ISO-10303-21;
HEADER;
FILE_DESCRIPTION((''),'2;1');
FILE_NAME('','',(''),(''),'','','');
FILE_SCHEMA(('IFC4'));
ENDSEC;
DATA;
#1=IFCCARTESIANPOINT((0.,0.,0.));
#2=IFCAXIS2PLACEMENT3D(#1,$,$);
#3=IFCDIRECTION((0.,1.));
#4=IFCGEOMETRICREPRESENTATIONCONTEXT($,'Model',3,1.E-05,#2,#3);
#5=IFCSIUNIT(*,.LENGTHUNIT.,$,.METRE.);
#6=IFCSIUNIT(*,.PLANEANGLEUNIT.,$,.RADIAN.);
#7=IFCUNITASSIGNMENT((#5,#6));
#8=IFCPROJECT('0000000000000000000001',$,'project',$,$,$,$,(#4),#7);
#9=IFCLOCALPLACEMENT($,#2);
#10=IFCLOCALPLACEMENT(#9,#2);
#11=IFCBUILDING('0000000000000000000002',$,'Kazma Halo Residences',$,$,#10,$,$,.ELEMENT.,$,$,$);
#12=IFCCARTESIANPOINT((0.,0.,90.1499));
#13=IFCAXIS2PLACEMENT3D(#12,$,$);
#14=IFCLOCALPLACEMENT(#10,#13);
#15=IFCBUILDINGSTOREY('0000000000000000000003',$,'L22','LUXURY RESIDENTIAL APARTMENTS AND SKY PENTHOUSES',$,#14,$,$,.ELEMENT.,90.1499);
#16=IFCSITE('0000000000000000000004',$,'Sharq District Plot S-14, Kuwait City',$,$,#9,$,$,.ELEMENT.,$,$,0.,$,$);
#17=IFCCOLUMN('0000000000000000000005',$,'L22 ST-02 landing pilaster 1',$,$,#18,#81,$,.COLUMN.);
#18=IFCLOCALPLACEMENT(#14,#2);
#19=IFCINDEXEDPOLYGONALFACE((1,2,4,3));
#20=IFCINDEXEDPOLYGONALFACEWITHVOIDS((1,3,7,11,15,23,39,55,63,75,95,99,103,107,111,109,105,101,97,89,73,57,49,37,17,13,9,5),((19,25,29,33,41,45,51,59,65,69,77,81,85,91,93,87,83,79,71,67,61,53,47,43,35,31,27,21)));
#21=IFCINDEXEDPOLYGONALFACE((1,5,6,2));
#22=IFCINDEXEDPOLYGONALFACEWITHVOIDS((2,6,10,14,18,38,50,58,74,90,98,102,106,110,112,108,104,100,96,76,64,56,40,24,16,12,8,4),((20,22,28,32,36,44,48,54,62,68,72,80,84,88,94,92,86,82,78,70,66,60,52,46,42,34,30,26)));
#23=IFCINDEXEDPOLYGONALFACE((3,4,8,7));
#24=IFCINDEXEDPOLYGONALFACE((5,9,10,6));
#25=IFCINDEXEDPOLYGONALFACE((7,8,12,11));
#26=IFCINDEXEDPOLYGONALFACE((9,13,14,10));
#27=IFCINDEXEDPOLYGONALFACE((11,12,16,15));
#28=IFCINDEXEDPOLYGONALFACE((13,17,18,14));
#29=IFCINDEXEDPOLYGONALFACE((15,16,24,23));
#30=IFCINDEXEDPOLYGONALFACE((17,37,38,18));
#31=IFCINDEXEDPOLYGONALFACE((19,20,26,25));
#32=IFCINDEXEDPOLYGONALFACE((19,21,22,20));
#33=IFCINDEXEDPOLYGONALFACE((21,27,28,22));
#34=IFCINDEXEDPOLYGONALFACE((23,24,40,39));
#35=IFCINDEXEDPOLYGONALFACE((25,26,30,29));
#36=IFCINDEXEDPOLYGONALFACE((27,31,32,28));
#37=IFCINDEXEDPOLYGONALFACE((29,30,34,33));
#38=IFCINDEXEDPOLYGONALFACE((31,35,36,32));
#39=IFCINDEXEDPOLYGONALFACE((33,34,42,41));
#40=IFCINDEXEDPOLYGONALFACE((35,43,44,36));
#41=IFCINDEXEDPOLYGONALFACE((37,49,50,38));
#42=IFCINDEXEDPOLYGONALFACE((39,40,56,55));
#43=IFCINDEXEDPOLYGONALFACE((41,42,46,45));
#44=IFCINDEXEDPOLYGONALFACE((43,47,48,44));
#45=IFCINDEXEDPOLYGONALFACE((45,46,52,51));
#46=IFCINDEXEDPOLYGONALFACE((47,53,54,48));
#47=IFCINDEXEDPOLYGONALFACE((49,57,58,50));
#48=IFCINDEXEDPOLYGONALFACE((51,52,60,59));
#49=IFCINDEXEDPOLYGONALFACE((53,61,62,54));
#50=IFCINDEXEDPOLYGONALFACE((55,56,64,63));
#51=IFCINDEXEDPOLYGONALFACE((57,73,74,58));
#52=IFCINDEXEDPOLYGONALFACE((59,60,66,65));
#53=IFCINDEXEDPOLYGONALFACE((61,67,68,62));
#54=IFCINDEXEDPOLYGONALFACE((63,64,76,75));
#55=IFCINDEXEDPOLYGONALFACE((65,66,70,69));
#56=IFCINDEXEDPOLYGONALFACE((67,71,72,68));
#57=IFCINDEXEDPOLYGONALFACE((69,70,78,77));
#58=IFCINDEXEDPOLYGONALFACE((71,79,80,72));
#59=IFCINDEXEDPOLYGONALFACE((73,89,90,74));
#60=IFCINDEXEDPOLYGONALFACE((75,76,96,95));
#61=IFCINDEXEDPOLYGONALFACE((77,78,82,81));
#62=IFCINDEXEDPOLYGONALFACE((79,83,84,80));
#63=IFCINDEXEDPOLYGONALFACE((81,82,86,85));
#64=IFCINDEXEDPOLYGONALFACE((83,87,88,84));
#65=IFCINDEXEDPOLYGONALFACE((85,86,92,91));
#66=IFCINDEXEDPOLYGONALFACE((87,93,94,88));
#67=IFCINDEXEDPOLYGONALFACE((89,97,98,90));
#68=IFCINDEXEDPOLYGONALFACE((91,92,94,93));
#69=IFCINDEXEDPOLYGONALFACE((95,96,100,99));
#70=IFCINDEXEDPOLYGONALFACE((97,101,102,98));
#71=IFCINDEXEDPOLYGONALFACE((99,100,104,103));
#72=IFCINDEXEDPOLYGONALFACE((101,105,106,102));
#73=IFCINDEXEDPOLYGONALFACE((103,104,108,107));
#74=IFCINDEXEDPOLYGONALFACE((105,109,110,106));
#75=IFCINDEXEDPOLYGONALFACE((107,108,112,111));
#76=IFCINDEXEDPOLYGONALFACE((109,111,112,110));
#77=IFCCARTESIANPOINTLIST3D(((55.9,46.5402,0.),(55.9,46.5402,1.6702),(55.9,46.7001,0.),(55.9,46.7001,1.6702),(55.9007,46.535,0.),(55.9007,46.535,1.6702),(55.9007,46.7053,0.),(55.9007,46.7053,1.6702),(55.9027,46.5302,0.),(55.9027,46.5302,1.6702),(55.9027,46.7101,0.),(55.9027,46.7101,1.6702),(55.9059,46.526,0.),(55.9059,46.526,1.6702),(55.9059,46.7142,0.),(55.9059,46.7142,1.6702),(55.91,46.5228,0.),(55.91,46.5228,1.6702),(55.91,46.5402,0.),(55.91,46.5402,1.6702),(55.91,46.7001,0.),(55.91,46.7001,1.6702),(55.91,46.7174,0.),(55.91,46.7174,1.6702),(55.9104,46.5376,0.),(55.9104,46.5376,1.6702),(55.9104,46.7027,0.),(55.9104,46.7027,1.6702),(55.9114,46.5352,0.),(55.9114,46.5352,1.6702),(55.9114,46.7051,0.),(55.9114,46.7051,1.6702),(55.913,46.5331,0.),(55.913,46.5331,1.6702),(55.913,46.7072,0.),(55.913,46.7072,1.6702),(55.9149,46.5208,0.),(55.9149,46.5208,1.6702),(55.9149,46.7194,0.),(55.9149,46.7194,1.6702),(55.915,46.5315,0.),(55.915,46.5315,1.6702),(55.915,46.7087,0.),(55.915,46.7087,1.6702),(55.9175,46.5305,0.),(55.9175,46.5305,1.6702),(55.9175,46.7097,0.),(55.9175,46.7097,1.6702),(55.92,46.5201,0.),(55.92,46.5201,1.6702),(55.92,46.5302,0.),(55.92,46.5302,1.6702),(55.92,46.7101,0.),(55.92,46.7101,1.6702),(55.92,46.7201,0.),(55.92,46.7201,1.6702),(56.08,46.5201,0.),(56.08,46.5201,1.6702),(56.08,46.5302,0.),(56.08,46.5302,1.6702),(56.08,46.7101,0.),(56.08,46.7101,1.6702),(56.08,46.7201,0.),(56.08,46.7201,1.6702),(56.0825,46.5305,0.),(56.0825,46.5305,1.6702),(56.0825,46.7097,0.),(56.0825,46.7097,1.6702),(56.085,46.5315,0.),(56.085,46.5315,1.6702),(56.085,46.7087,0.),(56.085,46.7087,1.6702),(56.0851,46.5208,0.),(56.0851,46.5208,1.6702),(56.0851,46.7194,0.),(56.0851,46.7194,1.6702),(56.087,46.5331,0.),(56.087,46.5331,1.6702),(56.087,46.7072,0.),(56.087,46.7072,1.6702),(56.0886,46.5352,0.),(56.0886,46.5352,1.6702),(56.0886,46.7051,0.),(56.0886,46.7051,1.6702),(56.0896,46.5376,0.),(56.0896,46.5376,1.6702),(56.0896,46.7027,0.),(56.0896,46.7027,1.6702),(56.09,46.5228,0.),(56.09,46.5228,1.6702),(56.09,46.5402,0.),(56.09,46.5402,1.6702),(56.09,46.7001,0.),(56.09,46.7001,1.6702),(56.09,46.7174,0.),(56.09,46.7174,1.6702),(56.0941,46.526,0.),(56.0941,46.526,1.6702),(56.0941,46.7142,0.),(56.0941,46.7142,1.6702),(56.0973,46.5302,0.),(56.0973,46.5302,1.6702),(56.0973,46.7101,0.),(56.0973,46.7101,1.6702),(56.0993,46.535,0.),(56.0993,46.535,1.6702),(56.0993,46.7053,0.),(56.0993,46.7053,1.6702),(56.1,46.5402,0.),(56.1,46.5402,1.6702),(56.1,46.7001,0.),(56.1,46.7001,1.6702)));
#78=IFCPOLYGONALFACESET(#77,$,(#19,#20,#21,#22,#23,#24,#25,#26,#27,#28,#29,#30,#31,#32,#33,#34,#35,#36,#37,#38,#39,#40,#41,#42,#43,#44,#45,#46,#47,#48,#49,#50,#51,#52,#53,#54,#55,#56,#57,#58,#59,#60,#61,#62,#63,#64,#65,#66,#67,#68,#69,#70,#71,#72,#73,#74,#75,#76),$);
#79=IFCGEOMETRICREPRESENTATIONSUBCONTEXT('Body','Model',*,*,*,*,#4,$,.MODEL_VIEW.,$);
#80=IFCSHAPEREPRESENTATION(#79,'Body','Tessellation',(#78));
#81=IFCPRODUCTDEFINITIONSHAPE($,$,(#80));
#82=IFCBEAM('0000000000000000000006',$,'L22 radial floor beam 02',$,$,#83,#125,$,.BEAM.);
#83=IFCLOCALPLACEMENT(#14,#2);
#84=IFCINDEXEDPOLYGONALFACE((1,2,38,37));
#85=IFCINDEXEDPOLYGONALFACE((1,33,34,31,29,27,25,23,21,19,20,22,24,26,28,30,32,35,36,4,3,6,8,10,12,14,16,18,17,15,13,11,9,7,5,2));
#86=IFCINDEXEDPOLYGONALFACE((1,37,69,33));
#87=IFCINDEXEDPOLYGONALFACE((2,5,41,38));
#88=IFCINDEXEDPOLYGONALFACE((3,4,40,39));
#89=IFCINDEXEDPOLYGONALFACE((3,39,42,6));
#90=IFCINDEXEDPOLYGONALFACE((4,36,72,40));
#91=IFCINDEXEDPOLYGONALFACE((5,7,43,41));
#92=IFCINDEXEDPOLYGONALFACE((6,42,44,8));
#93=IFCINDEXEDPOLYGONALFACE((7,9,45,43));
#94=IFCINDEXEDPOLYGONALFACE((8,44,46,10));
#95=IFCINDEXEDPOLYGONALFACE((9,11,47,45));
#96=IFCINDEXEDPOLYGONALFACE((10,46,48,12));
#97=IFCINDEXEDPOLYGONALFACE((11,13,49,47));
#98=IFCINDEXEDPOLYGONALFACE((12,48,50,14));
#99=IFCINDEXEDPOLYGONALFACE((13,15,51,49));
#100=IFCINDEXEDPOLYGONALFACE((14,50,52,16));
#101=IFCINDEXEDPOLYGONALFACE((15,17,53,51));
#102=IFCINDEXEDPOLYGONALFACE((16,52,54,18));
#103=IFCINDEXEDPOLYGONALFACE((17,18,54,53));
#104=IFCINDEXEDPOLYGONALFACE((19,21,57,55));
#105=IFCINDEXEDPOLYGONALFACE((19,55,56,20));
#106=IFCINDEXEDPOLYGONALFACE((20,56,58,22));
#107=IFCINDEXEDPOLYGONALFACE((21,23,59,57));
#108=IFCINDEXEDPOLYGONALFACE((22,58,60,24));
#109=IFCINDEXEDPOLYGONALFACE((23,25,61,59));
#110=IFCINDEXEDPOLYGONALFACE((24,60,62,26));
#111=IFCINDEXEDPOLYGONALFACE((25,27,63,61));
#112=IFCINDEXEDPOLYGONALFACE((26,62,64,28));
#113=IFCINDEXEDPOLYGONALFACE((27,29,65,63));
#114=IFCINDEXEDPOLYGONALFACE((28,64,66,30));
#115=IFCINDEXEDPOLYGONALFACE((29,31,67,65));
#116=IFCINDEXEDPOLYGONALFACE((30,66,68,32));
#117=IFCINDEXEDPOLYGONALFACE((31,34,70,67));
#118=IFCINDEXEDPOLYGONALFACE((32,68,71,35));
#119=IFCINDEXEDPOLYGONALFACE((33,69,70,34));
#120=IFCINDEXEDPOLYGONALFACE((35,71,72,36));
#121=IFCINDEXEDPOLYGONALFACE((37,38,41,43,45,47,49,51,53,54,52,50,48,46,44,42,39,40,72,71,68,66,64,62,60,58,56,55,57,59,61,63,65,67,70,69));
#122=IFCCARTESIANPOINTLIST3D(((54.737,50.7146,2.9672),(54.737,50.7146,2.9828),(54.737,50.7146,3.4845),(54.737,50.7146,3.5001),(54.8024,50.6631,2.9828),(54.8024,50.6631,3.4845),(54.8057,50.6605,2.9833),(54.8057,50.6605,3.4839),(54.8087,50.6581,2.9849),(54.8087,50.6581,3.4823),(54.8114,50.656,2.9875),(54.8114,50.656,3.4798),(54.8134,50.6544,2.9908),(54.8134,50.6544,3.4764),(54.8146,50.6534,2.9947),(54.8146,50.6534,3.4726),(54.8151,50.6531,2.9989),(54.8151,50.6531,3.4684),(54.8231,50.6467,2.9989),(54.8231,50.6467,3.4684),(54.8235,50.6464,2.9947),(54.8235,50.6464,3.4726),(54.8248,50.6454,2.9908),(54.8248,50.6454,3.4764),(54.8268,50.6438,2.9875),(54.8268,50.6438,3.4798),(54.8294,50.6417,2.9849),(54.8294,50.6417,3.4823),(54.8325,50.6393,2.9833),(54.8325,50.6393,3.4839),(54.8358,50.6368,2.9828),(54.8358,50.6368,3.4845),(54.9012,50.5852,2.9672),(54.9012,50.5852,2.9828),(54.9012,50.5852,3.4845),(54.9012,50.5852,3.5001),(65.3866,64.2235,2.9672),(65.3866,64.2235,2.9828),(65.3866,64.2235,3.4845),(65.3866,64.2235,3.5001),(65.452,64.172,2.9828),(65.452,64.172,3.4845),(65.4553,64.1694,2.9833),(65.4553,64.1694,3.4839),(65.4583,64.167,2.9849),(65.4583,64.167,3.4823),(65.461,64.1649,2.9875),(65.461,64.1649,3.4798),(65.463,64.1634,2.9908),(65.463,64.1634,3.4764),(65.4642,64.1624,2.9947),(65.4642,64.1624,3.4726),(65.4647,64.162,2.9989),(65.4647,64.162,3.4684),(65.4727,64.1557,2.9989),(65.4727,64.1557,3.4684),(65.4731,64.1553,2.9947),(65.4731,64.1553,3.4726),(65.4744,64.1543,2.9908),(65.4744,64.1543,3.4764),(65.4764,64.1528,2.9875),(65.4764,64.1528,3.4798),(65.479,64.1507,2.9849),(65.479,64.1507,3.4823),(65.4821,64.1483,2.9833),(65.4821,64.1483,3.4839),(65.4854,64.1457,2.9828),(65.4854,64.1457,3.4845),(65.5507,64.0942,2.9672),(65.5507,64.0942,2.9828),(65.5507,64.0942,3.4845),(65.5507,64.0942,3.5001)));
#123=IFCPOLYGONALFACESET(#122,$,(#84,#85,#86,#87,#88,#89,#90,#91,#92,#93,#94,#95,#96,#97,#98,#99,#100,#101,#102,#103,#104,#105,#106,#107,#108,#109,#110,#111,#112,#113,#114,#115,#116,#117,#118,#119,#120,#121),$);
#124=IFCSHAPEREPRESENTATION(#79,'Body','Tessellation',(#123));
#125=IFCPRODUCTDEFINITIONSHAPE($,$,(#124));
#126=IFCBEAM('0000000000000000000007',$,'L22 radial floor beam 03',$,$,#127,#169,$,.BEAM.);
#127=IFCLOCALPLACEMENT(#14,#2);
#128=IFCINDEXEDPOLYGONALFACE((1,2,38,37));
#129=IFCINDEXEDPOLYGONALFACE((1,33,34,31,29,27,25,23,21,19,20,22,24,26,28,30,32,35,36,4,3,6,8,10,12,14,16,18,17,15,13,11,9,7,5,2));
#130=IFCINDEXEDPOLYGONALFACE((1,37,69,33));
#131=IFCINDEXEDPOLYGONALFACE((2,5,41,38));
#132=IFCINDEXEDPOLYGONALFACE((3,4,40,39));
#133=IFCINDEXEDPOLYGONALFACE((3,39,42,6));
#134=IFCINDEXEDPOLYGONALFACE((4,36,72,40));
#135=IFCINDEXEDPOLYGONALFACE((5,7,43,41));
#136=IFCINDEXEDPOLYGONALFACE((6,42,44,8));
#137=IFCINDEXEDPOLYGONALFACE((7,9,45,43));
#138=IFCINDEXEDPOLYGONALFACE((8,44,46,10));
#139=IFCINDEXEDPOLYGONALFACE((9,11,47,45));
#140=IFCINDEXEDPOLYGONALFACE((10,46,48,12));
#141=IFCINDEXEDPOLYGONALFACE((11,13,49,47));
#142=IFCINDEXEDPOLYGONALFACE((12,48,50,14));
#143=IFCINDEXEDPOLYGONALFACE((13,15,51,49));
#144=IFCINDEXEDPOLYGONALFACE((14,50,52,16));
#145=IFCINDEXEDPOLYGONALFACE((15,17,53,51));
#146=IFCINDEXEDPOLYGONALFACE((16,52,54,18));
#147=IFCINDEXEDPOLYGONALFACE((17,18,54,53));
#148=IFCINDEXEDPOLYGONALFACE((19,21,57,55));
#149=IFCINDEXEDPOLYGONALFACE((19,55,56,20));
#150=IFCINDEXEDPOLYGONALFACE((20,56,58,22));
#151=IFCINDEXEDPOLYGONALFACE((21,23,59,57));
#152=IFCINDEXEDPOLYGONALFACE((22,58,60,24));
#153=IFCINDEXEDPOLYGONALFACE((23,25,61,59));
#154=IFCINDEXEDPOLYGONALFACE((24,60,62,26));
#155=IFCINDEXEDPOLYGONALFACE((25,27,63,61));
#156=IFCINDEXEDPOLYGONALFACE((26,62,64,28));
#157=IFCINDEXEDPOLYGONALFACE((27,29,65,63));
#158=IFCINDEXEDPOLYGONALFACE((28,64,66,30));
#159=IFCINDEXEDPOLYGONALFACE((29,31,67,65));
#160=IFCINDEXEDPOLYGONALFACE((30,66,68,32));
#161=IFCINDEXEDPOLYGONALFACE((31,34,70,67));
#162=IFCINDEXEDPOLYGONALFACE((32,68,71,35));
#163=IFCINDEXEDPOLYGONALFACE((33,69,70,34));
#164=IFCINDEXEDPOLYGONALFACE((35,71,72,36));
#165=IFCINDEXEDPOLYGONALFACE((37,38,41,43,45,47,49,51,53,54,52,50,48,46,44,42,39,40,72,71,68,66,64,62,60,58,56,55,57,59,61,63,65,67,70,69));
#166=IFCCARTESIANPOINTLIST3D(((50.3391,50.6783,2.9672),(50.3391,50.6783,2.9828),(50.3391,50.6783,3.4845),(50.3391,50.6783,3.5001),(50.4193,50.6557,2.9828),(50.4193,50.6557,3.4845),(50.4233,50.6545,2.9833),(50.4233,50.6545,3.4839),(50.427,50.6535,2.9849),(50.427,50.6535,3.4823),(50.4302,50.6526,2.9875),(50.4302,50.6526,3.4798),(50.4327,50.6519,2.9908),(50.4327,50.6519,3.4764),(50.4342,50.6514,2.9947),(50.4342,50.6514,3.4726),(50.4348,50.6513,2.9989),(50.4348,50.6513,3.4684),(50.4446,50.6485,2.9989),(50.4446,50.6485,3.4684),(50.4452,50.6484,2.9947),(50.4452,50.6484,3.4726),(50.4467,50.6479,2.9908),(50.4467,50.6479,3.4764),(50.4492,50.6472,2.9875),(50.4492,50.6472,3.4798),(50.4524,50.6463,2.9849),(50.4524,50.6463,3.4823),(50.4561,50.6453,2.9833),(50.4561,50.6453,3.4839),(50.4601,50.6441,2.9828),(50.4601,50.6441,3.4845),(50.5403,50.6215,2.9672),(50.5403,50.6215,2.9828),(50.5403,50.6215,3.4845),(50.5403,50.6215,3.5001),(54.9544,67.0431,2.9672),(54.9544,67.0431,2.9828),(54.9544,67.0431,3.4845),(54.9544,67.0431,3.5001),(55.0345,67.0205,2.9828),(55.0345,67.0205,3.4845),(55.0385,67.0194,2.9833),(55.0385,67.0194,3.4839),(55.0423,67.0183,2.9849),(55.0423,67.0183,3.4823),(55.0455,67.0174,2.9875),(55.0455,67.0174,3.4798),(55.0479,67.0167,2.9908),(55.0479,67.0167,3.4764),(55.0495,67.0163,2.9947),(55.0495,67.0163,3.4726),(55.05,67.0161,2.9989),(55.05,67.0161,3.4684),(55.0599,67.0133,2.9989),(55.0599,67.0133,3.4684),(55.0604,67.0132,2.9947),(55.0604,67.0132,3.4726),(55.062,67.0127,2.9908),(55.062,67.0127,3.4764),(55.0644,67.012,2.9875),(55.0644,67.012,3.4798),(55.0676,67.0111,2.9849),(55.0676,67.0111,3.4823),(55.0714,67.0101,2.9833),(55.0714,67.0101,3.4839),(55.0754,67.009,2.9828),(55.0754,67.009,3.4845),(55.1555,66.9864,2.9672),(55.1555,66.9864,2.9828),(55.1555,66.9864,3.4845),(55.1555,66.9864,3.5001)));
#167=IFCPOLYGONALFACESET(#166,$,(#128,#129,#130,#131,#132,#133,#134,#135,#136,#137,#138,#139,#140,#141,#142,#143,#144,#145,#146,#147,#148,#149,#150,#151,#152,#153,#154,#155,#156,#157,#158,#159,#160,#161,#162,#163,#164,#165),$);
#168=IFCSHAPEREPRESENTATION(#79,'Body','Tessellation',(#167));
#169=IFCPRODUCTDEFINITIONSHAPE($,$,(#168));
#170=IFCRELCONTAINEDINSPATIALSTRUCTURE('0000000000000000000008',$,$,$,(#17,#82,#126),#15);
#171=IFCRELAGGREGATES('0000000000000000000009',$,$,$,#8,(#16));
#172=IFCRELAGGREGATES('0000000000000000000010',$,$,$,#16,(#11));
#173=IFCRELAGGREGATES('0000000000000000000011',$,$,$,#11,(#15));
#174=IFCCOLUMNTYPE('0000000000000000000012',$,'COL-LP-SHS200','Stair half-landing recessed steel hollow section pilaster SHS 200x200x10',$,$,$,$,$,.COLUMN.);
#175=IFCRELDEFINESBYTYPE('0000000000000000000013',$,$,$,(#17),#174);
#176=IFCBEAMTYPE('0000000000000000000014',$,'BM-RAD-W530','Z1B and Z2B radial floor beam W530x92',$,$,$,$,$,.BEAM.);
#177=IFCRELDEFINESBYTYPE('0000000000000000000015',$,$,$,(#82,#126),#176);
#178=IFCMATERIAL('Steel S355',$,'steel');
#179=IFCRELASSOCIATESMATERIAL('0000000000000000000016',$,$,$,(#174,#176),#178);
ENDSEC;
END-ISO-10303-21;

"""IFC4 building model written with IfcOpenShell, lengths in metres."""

from ifc_helpers import new_model, si_unit, direction, frame, origin, origin_2d, place, context, subcontext, project, spatial, hollow_rectangle, i_section, extrude, material, material_profile, profile_set, type_object, element, save


model = new_model("IFC4")

# Units and contexts
model_context = context("Model", 3, precision=1e-05, world=origin(), true_north=direction((0.0, 1.0)))
body_context = subcontext(model_context, "Body", "Model", "MODEL_VIEW")
ifc_project = project(units=[si_unit("LENGTHUNIT", "METRE"), si_unit("PLANEANGLEUNIT", "RADIAN")], contexts=[model_context])

# Site, building, storey
site_placement = place(None, origin())
site = spatial("IfcSite", under=ifc_project, at=site_placement, Name="Sharq District Plot S-14, Kuwait City", CompositionType="ELEMENT", RefElevation=0.0)
building_placement = place(site_placement, origin())
building = spatial("IfcBuilding", under=site, at=building_placement, Name="Kazma Halo Residences", CompositionType="ELEMENT")
storey_placement = place(building_placement, frame((0.0, 0.0, 90.1499)))
storey = spatial("IfcBuildingStorey", under=building, at=storey_placement, Name="L22", Description="LUXURY RESIDENTIAL APARTMENTS AND SKY PENTHOUSES", CompositionType="ELEMENT", Elevation=90.1499)

# Column
ifc_material_1 = material(Name="Steel S355", Category="steel")
ifc_material_profile_1 = material_profile(ifc_material_1, hollow_rectangle(XDim=0.2, YDim=0.2, WallThickness=0.01, InnerFilletRadius=0.01, OuterFilletRadius=0.02, at=origin_2d()), Name="SHS200x200x10")
ifc_profile_set_1 = profile_set([ifc_material_profile_1], Name="Steel S355")
column_type = type_object("IfcColumnType", Name="COL-LP-SHS200", Description="Stair half-landing recessed steel hollow section pilaster SHS 200x200x10", PredefinedType="COLUMN", material=ifc_profile_set_1)
column_placement = place(storey_placement, frame((56.0, 46.6201, 0.0), z_axis=(0.0, 0.0, 1.0), x_axis=(1.0, 0.0, 0.0)))
element("IfcColumn", 1, at=column_placement, inside=storey, type_object=column_type, Name="L22 ST-02 landing pilaster 1", PredefinedType="COLUMN", context=body_context, shape_type="SweptSolid", body=[
    extrude(hollow_rectangle(XDim=0.2, YDim=0.2, WallThickness=0.01, InnerFilletRadius=0.01, OuterFilletRadius=0.02, at=origin_2d()), origin(), (0.0, 0.0, 1.0), 1.6702),
])

# Beams
ifc_material_profile_2 = material_profile(ifc_material_1, i_section(OverallWidth=0.209, OverallDepth=0.533, WebThickness=0.0103, FlangeThickness=0.0156, FilletRadius=0.0161, at=origin_2d()), Name="W530x92")
ifc_profile_set_2 = profile_set([ifc_material_profile_2], Name="Steel S355")
beam_type_1 = type_object("IfcBeamType", Name="BM-RAD-W530", Description="Z1B and Z2B radial floor beam W530x92", PredefinedType="BEAM", material=ifc_profile_set_2)
beam_1_placement = place(storey_placement, frame((54.8191, 50.6499, 3.2336), z_axis=(0.619094, 0.785317, 0.0), x_axis=(-0.785317, 0.619094, 0.0)))
element("IfcBeam", 2, at=beam_1_placement, inside=storey, type_object=beam_type_1, Name="L22 radial floor beam 02", PredefinedType="BEAM", context=body_context, shape_type="SweptSolid", body=[
    extrude(i_section(OverallWidth=0.209, OverallDepth=0.533, WebThickness=0.0103, FlangeThickness=0.0156, FilletRadius=0.0161, at=origin_2d()), origin(), (0.0, 0.0, 1.0), 17.2019),
])
beam_2_placement = place(storey_placement, frame((50.4397, 50.6499, 3.2336), z_axis=(0.271435, 0.962457, 0.0), x_axis=(-0.962457, 0.271435, 0.0)))
element("IfcBeam", 3, at=beam_2_placement, inside=storey, type_object=beam_type_1, Name="L22 radial floor beam 03", PredefinedType="BEAM", context=body_context, shape_type="SweptSolid", body=[
    extrude(i_section(OverallWidth=0.209, OverallDepth=0.533, WebThickness=0.0103, FlangeThickness=0.0156, FilletRadius=0.0161, at=origin_2d()), origin(), (0.0, 0.0, 1.0), 17.0032),
])

save(model, "model.ifc")
